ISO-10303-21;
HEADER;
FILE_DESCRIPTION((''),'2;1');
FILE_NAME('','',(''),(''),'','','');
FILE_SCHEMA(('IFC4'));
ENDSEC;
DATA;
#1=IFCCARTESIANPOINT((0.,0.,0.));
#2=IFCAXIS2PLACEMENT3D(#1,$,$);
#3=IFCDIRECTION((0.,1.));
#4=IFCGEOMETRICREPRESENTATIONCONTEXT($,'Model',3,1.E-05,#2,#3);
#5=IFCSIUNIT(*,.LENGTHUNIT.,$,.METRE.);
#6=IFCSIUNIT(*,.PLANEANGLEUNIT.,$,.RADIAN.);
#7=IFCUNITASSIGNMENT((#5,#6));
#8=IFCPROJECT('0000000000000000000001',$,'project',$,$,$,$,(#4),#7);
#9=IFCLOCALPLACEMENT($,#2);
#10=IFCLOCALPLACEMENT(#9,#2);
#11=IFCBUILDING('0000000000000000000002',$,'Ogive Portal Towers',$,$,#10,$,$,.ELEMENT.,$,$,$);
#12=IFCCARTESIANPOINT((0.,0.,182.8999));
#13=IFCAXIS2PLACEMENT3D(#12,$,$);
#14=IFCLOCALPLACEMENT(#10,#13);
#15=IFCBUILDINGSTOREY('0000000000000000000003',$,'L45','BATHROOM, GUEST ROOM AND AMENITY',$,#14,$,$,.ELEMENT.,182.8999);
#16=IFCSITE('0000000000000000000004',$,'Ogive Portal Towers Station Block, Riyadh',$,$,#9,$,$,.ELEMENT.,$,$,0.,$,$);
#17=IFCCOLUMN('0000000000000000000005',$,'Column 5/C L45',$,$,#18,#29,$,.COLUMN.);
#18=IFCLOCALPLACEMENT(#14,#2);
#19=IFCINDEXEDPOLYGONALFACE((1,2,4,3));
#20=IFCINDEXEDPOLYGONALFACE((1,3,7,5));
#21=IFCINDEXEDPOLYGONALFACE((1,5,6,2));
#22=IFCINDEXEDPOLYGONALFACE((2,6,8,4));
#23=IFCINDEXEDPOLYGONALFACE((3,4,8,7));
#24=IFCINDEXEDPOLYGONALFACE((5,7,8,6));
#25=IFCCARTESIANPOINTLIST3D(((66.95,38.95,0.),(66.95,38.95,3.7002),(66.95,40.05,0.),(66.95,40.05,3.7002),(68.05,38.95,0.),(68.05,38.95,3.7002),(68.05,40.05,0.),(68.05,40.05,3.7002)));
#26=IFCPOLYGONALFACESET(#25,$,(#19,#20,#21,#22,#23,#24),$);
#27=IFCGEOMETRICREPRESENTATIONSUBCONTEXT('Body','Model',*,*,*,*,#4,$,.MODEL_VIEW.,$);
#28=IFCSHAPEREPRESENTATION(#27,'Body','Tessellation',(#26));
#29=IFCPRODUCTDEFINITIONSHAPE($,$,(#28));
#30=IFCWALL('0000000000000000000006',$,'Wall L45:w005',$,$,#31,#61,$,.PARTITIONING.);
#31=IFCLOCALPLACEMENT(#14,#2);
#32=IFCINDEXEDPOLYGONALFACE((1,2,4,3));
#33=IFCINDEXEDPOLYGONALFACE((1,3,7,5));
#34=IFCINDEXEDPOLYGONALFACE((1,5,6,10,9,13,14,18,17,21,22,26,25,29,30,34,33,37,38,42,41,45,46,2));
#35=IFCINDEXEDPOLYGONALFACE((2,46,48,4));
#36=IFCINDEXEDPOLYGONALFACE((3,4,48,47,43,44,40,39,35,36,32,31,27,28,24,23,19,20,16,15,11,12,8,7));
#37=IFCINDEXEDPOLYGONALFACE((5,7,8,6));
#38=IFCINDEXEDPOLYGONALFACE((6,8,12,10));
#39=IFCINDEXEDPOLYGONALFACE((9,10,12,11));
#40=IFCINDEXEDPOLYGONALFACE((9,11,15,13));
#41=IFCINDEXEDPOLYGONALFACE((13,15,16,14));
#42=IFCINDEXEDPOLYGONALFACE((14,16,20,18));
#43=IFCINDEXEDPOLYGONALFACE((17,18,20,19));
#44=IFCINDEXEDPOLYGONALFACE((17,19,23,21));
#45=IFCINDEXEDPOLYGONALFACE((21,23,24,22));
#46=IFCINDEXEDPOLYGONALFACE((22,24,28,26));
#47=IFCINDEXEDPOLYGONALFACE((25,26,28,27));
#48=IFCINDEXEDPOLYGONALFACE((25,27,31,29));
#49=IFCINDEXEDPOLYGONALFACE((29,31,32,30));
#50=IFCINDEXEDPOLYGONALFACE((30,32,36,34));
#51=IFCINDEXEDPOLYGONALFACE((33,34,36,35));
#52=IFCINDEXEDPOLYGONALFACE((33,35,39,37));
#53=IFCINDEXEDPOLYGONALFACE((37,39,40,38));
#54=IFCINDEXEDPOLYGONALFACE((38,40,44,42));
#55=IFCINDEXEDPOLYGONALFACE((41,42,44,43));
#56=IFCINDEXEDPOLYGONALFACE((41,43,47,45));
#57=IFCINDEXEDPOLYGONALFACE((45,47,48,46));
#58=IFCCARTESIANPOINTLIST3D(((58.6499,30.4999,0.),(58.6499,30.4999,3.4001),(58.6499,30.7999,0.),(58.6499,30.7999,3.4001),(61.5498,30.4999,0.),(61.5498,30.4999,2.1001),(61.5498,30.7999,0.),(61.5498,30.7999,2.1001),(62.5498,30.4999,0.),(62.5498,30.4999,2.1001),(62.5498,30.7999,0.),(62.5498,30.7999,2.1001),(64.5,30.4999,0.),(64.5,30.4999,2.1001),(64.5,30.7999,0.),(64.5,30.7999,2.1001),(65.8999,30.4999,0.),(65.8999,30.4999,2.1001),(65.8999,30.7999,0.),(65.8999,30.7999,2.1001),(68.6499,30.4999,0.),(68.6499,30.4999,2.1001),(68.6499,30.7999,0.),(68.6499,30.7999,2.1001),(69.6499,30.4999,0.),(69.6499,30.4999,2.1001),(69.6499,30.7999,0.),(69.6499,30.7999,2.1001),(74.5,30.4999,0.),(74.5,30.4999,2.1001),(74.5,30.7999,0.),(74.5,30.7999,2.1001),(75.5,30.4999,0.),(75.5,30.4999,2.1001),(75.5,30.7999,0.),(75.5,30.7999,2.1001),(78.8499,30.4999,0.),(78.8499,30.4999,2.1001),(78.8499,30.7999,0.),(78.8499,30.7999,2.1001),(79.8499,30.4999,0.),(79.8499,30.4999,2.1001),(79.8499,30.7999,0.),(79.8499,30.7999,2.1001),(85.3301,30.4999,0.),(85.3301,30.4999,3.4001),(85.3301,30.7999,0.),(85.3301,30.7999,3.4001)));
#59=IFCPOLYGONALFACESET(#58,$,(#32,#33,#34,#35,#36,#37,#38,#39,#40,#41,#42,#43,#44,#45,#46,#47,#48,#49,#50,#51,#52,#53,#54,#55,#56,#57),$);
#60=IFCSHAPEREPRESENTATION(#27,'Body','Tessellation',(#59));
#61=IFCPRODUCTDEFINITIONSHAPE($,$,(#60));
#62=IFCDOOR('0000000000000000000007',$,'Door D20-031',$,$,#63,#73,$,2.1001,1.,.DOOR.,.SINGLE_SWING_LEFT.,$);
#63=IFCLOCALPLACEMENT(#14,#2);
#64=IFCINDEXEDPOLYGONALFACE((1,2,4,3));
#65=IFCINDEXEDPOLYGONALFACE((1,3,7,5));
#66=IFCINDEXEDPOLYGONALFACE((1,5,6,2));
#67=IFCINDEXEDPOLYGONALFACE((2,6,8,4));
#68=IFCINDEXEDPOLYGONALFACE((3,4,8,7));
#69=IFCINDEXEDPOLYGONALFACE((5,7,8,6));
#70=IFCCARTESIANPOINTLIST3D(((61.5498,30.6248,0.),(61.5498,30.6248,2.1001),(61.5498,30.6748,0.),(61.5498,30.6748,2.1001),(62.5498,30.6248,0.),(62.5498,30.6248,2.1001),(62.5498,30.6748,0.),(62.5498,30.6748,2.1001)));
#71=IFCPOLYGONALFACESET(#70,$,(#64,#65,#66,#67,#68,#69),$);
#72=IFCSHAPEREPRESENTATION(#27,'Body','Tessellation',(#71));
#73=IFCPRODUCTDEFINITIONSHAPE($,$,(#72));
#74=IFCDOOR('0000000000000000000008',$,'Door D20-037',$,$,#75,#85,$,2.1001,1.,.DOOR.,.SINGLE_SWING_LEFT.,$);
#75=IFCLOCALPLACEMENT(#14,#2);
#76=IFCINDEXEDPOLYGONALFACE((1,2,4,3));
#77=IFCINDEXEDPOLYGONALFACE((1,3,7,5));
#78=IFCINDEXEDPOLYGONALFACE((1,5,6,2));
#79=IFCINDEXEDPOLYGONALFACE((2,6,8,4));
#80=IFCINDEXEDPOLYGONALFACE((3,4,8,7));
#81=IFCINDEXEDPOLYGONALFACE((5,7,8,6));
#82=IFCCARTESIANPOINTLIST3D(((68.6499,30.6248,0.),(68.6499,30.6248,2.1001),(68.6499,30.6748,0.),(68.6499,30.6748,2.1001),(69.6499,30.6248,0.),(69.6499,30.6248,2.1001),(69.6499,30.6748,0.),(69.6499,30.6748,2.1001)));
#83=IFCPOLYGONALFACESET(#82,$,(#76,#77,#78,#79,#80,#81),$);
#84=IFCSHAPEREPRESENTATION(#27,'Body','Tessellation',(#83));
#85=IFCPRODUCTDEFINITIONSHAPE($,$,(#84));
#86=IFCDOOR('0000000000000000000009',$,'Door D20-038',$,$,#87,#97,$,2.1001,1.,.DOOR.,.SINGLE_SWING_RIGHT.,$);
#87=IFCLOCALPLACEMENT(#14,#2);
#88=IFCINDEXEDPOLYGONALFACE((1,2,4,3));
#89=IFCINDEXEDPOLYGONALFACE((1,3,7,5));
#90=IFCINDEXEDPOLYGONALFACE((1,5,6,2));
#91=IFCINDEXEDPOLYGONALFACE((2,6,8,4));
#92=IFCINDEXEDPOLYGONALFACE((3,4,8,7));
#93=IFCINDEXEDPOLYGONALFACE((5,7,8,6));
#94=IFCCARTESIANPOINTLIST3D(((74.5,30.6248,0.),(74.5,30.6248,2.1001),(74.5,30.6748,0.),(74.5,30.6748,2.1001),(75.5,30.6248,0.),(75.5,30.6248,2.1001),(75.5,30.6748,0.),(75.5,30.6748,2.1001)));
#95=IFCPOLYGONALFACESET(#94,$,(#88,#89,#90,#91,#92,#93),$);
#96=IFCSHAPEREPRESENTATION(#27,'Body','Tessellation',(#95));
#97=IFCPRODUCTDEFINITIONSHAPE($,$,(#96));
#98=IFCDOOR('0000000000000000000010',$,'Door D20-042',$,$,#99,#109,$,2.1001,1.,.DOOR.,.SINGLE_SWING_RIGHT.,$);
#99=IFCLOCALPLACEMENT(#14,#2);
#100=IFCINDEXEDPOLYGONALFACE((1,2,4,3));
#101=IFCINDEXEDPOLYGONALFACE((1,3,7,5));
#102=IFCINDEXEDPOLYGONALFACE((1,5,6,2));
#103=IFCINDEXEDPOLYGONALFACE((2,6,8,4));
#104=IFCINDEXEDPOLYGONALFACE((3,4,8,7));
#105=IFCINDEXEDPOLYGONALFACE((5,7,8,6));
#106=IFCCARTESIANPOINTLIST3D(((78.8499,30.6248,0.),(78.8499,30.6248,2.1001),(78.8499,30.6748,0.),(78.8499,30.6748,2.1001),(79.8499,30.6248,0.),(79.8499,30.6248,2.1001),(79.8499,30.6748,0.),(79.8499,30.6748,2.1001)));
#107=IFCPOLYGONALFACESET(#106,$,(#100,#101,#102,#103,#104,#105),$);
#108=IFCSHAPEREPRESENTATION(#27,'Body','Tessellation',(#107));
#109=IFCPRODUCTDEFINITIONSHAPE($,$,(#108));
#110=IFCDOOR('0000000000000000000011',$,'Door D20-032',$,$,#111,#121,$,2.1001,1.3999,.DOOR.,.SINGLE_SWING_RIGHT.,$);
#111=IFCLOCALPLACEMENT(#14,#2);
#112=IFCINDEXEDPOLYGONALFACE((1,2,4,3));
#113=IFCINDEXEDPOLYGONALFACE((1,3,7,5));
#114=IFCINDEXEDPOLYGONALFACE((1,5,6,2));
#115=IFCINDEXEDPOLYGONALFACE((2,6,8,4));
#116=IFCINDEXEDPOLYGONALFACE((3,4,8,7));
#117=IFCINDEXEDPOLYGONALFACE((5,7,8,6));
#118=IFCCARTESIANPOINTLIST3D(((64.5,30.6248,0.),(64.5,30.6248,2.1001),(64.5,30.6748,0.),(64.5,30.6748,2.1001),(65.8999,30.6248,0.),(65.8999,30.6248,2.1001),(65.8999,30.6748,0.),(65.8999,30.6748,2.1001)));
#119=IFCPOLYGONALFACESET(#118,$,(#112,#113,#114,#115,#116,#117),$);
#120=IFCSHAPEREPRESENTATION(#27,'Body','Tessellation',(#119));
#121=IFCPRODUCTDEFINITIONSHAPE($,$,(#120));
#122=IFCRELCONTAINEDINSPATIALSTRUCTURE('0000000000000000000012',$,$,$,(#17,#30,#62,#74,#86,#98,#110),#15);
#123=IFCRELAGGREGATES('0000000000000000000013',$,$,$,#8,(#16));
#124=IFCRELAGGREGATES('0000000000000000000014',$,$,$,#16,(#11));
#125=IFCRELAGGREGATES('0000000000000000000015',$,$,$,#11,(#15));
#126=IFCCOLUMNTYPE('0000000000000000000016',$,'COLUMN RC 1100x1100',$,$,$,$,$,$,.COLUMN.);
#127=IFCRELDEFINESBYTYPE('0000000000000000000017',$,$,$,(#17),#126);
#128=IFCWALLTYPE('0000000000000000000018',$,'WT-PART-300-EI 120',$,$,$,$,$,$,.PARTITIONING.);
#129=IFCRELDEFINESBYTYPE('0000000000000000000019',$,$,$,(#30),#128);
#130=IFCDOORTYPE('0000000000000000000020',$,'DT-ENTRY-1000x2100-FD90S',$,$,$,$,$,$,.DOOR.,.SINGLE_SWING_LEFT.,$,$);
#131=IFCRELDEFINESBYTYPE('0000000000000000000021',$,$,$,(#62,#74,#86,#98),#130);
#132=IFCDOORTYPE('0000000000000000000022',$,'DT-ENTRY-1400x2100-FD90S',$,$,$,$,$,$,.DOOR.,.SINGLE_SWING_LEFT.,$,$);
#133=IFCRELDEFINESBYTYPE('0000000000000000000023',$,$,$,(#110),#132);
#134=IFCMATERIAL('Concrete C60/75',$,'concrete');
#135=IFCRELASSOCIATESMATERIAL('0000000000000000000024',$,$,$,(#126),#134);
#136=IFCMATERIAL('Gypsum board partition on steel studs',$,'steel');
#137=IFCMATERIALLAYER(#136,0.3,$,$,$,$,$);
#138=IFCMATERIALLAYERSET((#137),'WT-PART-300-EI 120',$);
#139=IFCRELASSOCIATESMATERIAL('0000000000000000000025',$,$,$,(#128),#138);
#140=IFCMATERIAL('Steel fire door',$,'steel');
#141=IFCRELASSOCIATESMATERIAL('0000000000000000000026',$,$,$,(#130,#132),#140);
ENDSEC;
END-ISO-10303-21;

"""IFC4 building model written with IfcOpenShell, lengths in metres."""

from ifc_helpers import new_model, si_unit, direction, frame, frame_2d, origin, origin_2d, place, context, subcontext, project, spatial, rectangle, extrude, material, layer, layer_set, material_profile, profile_set, type_object, element, fill, save


model = new_model("IFC4")

# Units and contexts
model_context = context("Model", 3, precision=1e-05, world=origin(), true_north=direction((0.0, 1.0)))
body_context = subcontext(model_context, "Body", "Model", "MODEL_VIEW")
ifc_project = project(units=[si_unit("LENGTHUNIT", "METRE"), si_unit("PLANEANGLEUNIT", "RADIAN")], contexts=[model_context])

# Site, building, storey
site_placement = place(None, origin())
site = spatial("IfcSite", under=ifc_project, at=site_placement, Name="Ogive Portal Towers Station Block, Riyadh", CompositionType="ELEMENT", RefElevation=0.0)
building_placement = place(site_placement, origin())
building = spatial("IfcBuilding", under=site, at=building_placement, Name="Ogive Portal Towers", CompositionType="ELEMENT")
storey_placement = place(building_placement, frame((0.0, 0.0, 182.8999)))
storey = spatial("IfcBuildingStorey", under=building, at=storey_placement, Name="L45", Description="BATHROOM, GUEST ROOM AND AMENITY", CompositionType="ELEMENT", Elevation=182.8999)

# Column
ifc_material_1 = material(Name="Concrete C60/75", Category="concrete")
ifc_material_profile = material_profile(ifc_material_1, rectangle(XDim=1.1001, YDim=1.1001, at=origin_2d()), Name="RC 1100x1100")
ifc_profile_set = profile_set([ifc_material_profile], Name="Concrete C60/75")
column_type = type_object("IfcColumnType", Name="COLUMN RC 1100x1100", PredefinedType="COLUMN", material=ifc_profile_set)
column_placement = place(storey_placement, frame((67.5, 39.5, 0.0), z_axis=(0.0, 0.0, 1.0), x_axis=(1.0, 0.0, 0.0)))
element("IfcColumn", 1, at=column_placement, inside=storey, type_object=column_type, Name="Column 5/C L45", PredefinedType="COLUMN", context=body_context, shape_type="SweptSolid", body=[
    extrude(rectangle(XDim=1.1001, YDim=1.1001, at=origin_2d()), origin(), (0.0, 0.0, 1.0), 3.7002),
])

# Wall, openings, doors
ifc_material_2 = material(Name="Gypsum board partition on steel studs", Category="steel")
ifc_layer_1 = layer(ifc_material_2, 0.3)
ifc_layer_set_1 = layer_set([ifc_layer_1], Name="WT-PART-300-EI 120")
wall_type_1 = type_object("IfcWallType", Name="WT-PART-300-EI 120", PredefinedType="PARTITIONING", material=ifc_layer_set_1)
wall_1_placement = place(storey_placement, frame((58.6499, 30.6499, 0.0), z_axis=(0.0, 0.0, 1.0), x_axis=(1.0, 0.0, 0.0)))
wall_1 = element("IfcWall", 2, at=wall_1_placement, inside=storey, type_object=wall_type_1, Name="Wall L45:w005", PredefinedType="PARTITIONING", context=body_context, shape_type="SweptSolid", body=[
    extrude(rectangle(XDim=26.6802, YDim=0.3, at=frame_2d((13.3401, 0.0))), origin(), (0.0, 0.0, 1.0), 3.4001),
])
opening_1_placement = place(wall_1_placement, frame((2.8999, 0.0, 0.0)))
opening_1 = element("IfcOpeningElement", 3, at=opening_1_placement, cuts=wall_1, PredefinedType="OPENING", context=body_context, shape_type="SweptSolid", body=[
    extrude(rectangle(XDim=1.0, YDim=2.1001, at=frame_2d((0.5, 1.05))), frame((0.0, 0.1602, 0.0), z_axis=(0.0, -1.0, 0.0), x_axis=(1.0, 0.0, 0.0)), (0.0, 0.0, 1.0), 0.3201),
])
opening_2_placement = place(wall_1_placement, frame((5.8501, 0.0, 0.0)))
opening_2 = element("IfcOpeningElement", 4, at=opening_2_placement, cuts=wall_1, PredefinedType="OPENING", context=body_context, shape_type="SweptSolid", body=[
    extrude(rectangle(XDim=1.3999, YDim=2.1001, at=frame_2d((0.7, 1.05))), frame((0.0, 0.1602, 0.0), z_axis=(0.0, -1.0, 0.0), x_axis=(1.0, 0.0, 0.0)), (0.0, 0.0, 1.0), 0.3201),
])
opening_3_placement = place(wall_1_placement, frame((10.0, 0.0, 0.0)))
opening_3 = element("IfcOpeningElement", 5, at=opening_3_placement, cuts=wall_1, PredefinedType="OPENING", context=body_context, shape_type="SweptSolid", body=[
    extrude(rectangle(XDim=1.0, YDim=2.1001, at=frame_2d((0.5, 1.05))), frame((0.0, 0.1602, 0.0), z_axis=(0.0, -1.0, 0.0), x_axis=(1.0, 0.0, 0.0)), (0.0, 0.0, 1.0), 0.3201),
])
opening_4_placement = place(wall_1_placement, frame((15.8501, 0.0, 0.0)))
opening_4 = element("IfcOpeningElement", 6, at=opening_4_placement, cuts=wall_1, PredefinedType="OPENING", context=body_context, shape_type="SweptSolid", body=[
    extrude(rectangle(XDim=1.0, YDim=2.1001, at=frame_2d((0.5, 1.05))), frame((0.0, 0.1602, 0.0), z_axis=(0.0, -1.0, 0.0), x_axis=(1.0, 0.0, 0.0)), (0.0, 0.0, 1.0), 0.3201),
])
opening_5_placement = place(wall_1_placement, frame((20.2, 0.0, 0.0)))
opening_5 = element("IfcOpeningElement", 7, at=opening_5_placement, cuts=wall_1, PredefinedType="OPENING", context=body_context, shape_type="SweptSolid", body=[
    extrude(rectangle(XDim=1.0, YDim=2.1001, at=frame_2d((0.5, 1.05))), frame((0.0, 0.1602, 0.0), z_axis=(0.0, -1.0, 0.0), x_axis=(1.0, 0.0, 0.0)), (0.0, 0.0, 1.0), 0.3201),
])
ifc_material_3 = material(Name="Steel fire door", Category="steel")
door_type_1 = type_object("IfcDoorType", Name="DT-ENTRY-1000x2100-FD90S", OperationType="SINGLE_SWING_LEFT", PredefinedType="DOOR", material=ifc_material_3)
door_1_placement = place(opening_1_placement, origin())
door_1 = element("IfcDoor", 8, at=door_1_placement, inside=storey, type_object=door_type_1, Name="Door D20-031", OperationType="SINGLE_SWING_LEFT", OverallHeight=2.1001, OverallWidth=1.0, PredefinedType="DOOR", context=body_context, shape_type="SweptSolid", body=[
    extrude(rectangle(XDim=1.0, YDim=2.1001, at=frame_2d((0.5, 1.05))), frame((0.0, 0.0249, 0.0), z_axis=(0.0, -1.0, 0.0), x_axis=(1.0, 0.0, 0.0)), (0.0, 0.0, 1.0), 0.05),
])
fill(opening_1, door_1)
door_2_placement = place(opening_3_placement, origin())
door_2 = element("IfcDoor", 9, at=door_2_placement, inside=storey, type_object=door_type_1, Name="Door D20-037", OperationType="SINGLE_SWING_LEFT", OverallHeight=2.1001, OverallWidth=1.0, PredefinedType="DOOR", context=body_context, shape_type="SweptSolid", body=[
    extrude(rectangle(XDim=1.0, YDim=2.1001, at=frame_2d((0.5, 1.05))), frame((0.0, 0.0249, 0.0), z_axis=(0.0, -1.0, 0.0), x_axis=(1.0, 0.0, 0.0)), (0.0, 0.0, 1.0), 0.05),
])
fill(opening_3, door_2)
door_3_placement = place(opening_4_placement, origin())
door_3 = element("IfcDoor", 10, at=door_3_placement, inside=storey, type_object=door_type_1, Name="Door D20-038", OperationType="SINGLE_SWING_RIGHT", OverallHeight=2.1001, OverallWidth=1.0, PredefinedType="DOOR", context=body_context, shape_type="SweptSolid", body=[
    extrude(rectangle(XDim=1.0, YDim=2.1001, at=frame_2d((0.5, 1.05))), frame((0.0, 0.0249, 0.0), z_axis=(0.0, -1.0, 0.0), x_axis=(1.0, 0.0, 0.0)), (0.0, 0.0, 1.0), 0.05),
])
fill(opening_4, door_3)
door_4_placement = place(opening_5_placement, origin())
door_4 = element("IfcDoor", 11, at=door_4_placement, inside=storey, type_object=door_type_1, Name="Door D20-042", OperationType="SINGLE_SWING_RIGHT", OverallHeight=2.1001, OverallWidth=1.0, PredefinedType="DOOR", context=body_context, shape_type="SweptSolid", body=[
    extrude(rectangle(XDim=1.0, YDim=2.1001, at=frame_2d((0.5, 1.05))), frame((0.0, 0.0249, 0.0), z_axis=(0.0, -1.0, 0.0), x_axis=(1.0, 0.0, 0.0)), (0.0, 0.0, 1.0), 0.05),
])
fill(opening_5, door_4)
door_type_2 = type_object("IfcDoorType", Name="DT-ENTRY-1400x2100-FD90S", OperationType="SINGLE_SWING_LEFT", PredefinedType="DOOR", material=ifc_material_3)
door_5_placement = place(opening_2_placement, origin())
door_5 = element("IfcDoor", 12, at=door_5_placement, inside=storey, type_object=door_type_2, Name="Door D20-032", OperationType="SINGLE_SWING_RIGHT", OverallHeight=2.1001, OverallWidth=1.3999, PredefinedType="DOOR", context=body_context, shape_type="SweptSolid", body=[
    extrude(rectangle(XDim=1.3999, YDim=2.1001, at=frame_2d((0.7, 1.05))), frame((0.0, 0.0249, 0.0), z_axis=(0.0, -1.0, 0.0), x_axis=(1.0, 0.0, 0.0)), (0.0, 0.0, 1.0), 0.05),
])
fill(opening_2, door_5)

save(model, "model.ifc")
